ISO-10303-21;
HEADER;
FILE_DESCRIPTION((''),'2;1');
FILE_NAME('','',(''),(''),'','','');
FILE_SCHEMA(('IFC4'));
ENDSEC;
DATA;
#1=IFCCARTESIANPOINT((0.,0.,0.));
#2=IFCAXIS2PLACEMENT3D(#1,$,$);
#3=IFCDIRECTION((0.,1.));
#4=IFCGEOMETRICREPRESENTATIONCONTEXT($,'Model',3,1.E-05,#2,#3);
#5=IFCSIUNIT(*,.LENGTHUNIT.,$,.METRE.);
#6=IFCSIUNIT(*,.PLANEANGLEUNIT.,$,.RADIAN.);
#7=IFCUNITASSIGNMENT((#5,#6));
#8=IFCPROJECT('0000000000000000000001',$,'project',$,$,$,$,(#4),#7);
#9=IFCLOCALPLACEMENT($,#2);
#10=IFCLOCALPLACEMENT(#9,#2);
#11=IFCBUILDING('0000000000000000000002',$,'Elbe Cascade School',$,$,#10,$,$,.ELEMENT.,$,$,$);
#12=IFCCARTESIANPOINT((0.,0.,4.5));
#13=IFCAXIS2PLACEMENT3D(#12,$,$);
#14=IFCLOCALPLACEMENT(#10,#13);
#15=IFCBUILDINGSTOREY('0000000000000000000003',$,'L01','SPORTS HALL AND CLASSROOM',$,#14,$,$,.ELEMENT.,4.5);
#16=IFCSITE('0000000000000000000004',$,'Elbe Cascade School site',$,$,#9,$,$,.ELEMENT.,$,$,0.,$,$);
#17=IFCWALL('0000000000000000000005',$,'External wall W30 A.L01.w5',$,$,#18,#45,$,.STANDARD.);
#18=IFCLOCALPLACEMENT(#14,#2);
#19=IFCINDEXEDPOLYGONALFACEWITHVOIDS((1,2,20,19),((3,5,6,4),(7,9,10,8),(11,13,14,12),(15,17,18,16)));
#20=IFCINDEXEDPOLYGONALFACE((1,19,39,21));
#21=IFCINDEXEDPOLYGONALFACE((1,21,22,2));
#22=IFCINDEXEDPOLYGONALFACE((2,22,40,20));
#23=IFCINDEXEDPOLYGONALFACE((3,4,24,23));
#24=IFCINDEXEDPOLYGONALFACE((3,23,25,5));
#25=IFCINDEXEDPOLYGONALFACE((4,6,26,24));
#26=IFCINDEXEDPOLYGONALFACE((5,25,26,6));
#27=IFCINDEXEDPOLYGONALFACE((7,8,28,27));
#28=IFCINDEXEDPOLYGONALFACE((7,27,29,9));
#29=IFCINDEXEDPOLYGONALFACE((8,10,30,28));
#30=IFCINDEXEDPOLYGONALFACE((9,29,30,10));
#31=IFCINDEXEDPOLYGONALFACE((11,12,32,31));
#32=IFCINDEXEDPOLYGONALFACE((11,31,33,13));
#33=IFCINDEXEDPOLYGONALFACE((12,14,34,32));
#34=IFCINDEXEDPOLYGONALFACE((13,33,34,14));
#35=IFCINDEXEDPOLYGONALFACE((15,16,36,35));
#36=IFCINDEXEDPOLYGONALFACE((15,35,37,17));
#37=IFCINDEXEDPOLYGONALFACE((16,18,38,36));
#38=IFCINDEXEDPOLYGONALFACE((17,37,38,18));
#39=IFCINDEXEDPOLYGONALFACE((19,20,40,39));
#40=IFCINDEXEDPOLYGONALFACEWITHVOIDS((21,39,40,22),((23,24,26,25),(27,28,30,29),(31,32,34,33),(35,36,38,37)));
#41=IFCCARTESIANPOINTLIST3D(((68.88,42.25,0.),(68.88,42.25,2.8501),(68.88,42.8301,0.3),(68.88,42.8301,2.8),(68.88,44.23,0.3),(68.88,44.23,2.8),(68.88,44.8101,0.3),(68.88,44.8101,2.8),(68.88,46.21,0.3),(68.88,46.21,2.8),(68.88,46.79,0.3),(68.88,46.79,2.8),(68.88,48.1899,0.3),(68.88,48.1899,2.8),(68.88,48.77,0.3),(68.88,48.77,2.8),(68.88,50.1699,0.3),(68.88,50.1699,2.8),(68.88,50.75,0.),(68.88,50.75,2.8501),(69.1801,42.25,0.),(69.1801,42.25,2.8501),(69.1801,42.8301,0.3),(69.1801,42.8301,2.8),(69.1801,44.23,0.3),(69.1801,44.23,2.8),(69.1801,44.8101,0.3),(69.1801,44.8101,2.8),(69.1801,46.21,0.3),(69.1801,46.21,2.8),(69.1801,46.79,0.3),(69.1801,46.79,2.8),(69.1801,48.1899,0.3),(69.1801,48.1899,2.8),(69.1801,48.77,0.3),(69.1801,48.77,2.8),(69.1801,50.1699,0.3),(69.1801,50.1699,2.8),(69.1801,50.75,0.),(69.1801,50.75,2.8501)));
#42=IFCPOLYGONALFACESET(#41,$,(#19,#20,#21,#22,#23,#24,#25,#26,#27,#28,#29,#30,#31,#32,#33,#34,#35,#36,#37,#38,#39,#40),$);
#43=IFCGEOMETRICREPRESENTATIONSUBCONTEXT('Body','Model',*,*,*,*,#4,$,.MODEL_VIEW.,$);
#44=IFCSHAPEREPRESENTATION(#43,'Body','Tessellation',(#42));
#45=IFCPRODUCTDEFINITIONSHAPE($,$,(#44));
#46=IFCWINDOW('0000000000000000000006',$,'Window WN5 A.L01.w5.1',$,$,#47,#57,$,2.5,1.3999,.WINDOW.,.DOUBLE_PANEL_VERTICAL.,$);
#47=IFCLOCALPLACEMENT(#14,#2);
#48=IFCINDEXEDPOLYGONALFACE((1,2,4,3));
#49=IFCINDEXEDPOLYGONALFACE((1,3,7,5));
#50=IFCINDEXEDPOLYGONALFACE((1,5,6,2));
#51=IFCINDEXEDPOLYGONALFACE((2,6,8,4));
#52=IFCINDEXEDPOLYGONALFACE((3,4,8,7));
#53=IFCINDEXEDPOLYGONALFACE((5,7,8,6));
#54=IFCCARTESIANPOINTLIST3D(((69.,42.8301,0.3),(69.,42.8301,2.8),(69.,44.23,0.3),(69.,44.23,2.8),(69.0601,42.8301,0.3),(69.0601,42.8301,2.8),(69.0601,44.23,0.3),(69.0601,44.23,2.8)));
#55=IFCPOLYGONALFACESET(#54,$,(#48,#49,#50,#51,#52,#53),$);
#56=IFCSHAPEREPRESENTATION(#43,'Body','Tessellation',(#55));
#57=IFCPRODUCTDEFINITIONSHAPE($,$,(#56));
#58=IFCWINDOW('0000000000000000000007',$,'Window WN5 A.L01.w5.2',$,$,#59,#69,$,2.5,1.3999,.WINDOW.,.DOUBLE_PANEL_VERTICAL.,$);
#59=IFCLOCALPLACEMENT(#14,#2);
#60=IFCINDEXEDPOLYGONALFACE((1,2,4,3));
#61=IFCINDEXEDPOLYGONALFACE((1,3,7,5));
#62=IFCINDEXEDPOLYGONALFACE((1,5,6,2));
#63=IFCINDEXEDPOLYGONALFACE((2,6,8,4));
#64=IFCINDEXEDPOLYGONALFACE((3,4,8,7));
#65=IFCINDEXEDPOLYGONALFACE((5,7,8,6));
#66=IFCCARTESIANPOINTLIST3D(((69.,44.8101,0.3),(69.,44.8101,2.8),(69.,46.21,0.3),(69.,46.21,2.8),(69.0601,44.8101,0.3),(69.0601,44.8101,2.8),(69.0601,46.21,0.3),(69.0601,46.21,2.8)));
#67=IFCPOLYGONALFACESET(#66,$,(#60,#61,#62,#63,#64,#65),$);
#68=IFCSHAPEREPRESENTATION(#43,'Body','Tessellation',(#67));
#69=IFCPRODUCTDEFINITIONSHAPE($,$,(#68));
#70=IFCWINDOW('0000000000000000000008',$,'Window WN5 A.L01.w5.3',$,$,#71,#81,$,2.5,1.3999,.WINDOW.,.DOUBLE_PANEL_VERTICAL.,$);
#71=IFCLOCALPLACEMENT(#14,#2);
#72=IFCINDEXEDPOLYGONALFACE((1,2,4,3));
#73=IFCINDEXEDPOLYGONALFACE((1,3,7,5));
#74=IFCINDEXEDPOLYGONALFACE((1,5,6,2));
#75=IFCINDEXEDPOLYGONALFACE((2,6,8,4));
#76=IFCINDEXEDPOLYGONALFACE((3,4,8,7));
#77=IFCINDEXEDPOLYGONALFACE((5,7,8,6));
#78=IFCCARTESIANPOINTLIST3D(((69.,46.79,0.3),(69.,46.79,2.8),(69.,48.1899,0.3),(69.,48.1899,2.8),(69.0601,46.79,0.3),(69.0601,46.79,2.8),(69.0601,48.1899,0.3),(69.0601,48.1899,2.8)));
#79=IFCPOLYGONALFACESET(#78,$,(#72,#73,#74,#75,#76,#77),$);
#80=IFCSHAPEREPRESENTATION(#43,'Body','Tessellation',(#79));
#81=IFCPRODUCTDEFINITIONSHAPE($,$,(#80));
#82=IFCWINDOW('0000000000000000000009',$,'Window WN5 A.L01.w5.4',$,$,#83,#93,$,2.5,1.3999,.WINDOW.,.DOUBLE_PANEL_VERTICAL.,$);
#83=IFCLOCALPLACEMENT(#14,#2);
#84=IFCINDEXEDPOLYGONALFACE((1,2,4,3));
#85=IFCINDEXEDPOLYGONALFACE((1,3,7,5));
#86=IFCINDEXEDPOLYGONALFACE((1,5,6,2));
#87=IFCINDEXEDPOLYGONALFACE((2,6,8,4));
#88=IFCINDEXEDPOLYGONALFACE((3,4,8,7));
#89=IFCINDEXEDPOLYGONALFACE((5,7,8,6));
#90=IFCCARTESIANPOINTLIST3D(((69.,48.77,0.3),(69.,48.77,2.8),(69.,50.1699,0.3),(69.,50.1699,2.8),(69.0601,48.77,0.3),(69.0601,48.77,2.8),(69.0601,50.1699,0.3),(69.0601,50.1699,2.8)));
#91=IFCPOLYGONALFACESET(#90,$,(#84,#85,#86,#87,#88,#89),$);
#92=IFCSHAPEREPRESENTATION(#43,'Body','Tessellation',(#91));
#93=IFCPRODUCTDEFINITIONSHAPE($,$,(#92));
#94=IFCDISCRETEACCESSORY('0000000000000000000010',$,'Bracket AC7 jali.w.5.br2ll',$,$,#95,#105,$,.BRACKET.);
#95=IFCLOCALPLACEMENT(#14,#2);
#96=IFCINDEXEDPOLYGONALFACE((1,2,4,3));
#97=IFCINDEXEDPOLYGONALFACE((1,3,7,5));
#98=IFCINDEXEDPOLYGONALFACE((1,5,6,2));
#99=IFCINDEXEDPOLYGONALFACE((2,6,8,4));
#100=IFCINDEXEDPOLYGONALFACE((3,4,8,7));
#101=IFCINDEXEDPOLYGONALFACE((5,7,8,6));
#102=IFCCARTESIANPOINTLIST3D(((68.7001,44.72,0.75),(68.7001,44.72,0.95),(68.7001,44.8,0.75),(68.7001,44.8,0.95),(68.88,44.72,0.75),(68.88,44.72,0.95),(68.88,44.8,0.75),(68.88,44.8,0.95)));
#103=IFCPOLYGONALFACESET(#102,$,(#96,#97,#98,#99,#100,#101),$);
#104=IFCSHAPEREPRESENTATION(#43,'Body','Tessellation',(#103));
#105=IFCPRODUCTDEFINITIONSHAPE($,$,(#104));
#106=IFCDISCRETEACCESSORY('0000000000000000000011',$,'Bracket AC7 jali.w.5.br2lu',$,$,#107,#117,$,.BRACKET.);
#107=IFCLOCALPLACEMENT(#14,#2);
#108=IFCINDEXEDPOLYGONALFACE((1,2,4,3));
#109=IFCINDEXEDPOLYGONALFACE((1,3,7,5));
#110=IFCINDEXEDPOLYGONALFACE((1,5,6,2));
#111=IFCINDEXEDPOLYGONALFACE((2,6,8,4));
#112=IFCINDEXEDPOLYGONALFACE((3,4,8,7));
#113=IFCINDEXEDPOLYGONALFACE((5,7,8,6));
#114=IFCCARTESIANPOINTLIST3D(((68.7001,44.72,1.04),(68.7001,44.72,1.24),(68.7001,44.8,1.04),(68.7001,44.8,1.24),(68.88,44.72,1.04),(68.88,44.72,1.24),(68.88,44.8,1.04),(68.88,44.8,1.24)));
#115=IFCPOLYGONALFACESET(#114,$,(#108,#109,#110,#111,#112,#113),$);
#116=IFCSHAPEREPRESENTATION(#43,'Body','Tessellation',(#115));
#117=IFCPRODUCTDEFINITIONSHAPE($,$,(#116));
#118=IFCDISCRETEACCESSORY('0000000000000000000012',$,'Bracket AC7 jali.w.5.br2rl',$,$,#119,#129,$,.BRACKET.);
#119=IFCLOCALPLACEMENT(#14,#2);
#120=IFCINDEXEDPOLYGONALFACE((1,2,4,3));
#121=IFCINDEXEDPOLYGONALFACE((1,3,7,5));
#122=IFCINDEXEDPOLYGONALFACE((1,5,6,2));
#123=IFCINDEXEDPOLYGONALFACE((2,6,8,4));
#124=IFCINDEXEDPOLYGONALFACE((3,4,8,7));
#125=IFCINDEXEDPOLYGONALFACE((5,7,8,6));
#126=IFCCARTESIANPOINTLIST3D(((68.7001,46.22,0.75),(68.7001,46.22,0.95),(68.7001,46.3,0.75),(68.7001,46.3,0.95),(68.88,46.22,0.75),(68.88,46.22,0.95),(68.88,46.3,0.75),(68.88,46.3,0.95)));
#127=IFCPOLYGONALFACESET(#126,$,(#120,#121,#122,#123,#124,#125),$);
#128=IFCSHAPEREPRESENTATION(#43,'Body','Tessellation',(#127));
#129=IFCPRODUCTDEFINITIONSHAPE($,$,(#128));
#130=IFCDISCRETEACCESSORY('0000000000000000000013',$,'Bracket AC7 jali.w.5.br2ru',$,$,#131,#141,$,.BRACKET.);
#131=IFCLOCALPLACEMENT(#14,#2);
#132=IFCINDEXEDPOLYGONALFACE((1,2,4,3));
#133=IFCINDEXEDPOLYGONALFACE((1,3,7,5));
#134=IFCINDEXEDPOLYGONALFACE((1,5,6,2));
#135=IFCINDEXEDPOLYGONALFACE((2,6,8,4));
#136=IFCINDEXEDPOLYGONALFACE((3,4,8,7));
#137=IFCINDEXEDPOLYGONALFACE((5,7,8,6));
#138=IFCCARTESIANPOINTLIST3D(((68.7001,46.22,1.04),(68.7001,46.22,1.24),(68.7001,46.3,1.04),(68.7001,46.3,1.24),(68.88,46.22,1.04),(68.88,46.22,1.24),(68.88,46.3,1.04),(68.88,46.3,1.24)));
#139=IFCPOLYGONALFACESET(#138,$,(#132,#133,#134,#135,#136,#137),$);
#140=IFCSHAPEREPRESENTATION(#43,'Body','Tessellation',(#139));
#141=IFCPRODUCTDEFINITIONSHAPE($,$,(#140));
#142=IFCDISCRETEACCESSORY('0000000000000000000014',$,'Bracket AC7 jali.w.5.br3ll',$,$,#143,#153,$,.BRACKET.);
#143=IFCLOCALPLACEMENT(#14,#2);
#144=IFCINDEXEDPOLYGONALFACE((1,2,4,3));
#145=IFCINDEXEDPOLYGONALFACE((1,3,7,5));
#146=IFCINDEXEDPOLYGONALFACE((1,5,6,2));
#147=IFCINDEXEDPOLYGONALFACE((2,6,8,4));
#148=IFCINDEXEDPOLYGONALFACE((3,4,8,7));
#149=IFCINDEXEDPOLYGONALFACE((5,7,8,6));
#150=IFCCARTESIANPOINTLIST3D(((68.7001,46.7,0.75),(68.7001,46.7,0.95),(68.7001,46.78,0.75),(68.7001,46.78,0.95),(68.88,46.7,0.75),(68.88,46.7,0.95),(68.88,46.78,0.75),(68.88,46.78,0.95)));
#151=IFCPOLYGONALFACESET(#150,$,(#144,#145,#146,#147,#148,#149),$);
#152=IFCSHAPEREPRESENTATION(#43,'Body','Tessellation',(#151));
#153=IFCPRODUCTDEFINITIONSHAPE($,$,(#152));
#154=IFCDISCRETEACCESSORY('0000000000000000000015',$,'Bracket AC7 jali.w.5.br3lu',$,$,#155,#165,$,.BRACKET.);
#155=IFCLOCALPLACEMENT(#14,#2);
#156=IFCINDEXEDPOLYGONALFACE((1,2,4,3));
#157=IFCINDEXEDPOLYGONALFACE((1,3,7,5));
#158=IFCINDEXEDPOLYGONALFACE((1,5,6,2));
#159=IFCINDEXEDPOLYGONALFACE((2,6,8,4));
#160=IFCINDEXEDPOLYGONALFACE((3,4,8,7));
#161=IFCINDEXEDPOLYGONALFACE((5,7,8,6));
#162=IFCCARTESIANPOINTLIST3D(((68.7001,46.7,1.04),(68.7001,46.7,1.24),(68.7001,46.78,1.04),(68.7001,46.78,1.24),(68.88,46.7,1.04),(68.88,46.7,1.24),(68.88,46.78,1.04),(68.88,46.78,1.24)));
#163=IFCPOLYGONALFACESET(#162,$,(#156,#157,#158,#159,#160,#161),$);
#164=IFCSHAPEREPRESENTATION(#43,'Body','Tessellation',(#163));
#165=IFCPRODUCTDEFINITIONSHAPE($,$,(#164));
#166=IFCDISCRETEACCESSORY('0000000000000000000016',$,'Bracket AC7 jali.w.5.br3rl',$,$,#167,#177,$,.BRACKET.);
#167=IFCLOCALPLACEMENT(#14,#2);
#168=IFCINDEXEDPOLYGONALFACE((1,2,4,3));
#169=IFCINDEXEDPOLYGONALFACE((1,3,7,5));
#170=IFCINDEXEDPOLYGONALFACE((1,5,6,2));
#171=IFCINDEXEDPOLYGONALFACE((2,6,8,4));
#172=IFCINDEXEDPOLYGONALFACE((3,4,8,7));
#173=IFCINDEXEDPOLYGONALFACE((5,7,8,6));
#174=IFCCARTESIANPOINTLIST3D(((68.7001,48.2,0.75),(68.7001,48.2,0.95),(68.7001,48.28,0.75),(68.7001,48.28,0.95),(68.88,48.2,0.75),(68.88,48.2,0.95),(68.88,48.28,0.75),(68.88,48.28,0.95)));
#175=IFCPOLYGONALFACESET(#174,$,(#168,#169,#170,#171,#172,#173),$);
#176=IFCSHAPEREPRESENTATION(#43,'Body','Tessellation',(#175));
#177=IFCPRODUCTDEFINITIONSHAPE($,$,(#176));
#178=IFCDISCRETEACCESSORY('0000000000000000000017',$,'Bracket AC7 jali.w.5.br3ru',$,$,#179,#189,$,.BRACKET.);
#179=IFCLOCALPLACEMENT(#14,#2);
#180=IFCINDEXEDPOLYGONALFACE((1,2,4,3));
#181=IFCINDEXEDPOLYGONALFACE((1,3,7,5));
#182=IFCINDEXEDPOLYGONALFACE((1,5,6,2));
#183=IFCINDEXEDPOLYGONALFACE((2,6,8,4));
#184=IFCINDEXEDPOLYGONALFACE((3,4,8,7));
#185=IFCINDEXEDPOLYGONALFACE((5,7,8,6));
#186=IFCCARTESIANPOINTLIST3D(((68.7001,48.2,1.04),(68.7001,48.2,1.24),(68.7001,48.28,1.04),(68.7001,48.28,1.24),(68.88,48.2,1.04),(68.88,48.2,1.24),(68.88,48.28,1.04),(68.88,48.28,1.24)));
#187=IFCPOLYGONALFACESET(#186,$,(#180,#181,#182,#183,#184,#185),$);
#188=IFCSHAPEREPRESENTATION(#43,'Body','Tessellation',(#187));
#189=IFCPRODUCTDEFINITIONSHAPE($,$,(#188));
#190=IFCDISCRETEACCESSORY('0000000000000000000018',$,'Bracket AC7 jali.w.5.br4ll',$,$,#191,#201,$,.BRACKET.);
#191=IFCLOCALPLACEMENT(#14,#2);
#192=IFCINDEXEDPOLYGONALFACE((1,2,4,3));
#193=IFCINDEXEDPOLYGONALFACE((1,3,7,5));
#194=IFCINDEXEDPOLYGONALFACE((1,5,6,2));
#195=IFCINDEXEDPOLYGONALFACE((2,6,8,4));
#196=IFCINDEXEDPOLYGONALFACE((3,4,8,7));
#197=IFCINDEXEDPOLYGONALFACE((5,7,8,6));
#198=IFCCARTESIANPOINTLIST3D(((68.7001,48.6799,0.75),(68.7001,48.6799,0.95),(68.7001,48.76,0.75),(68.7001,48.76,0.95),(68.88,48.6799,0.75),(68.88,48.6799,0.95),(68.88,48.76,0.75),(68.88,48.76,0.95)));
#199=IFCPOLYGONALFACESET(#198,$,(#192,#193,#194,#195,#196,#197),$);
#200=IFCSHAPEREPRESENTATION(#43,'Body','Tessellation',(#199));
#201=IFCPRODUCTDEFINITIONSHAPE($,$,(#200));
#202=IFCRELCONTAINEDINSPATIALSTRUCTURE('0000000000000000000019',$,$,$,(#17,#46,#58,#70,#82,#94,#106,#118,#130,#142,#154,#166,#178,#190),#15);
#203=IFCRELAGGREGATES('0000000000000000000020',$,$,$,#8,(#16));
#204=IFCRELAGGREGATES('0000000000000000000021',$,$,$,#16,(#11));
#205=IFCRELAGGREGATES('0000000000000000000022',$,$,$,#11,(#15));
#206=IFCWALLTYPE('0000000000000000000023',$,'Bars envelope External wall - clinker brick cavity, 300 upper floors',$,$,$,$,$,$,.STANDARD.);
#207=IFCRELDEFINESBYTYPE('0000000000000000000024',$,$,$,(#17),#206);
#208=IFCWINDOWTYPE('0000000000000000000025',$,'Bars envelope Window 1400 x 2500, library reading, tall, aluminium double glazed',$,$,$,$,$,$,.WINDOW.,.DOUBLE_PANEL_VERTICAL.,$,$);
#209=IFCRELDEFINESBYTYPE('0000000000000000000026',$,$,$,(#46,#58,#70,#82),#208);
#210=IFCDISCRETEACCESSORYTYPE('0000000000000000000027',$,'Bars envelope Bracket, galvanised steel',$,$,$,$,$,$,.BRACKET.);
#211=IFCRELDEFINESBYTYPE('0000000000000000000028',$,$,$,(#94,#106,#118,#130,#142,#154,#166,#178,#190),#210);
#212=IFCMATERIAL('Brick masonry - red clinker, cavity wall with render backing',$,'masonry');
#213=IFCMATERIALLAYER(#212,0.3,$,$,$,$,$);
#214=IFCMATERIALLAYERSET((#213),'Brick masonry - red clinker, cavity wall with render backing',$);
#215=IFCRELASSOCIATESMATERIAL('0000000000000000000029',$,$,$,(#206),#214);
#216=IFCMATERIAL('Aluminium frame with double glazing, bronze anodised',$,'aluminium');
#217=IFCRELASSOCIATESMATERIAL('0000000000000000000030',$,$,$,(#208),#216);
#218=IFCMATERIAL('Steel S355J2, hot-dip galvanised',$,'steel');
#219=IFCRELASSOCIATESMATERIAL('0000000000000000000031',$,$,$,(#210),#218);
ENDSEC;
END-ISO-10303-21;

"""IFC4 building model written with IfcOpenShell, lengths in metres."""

from ifc_helpers import new_model, si_unit, direction, frame, frame_2d, origin, origin_2d, place, context, subcontext, project, spatial, rectangle, extrude, material, layer, layer_set, type_object, element, fill, save


model = new_model("IFC4")

# Units and contexts
model_context = context("Model", 3, precision=1e-05, world=origin(), true_north=direction((0.0, 1.0)))
body_context = subcontext(model_context, "Body", "Model", "MODEL_VIEW")
ifc_project = project(units=[si_unit("LENGTHUNIT", "METRE"), si_unit("PLANEANGLEUNIT", "RADIAN")], contexts=[model_context])

# Site, building, storey
site_placement = place(None, origin())
site = spatial("IfcSite", under=ifc_project, at=site_placement, Name="Elbe Cascade School site", CompositionType="ELEMENT", RefElevation=0.0)
building_placement = place(site_placement, origin())
building = spatial("IfcBuilding", under=site, at=building_placement, Name="Elbe Cascade School", CompositionType="ELEMENT")
storey_placement = place(building_placement, frame((0.0, 0.0, 4.5)))
storey = spatial("IfcBuildingStorey", under=building, at=storey_placement, Name="L01", Description="SPORTS HALL AND CLASSROOM", CompositionType="ELEMENT", Elevation=4.5)

# Wall, openings, windows
ifc_material_1 = material(Name="Brick masonry - red clinker, cavity wall with render backing", Category="masonry")
ifc_layer_1 = layer(ifc_material_1, 0.3)
ifc_layer_set_1 = layer_set([ifc_layer_1], Name="Brick masonry - red clinker, cavity wall with render backing")
wall_type_1 = type_object("IfcWallType", Name="Bars envelope External wall - clinker brick cavity, 300 upper floors", PredefinedType="STANDARD", material=ifc_layer_set_1)
wall_1_placement = place(storey_placement, frame((69.03, 42.25, 0.0), z_axis=(0.0, 0.0, 1.0), x_axis=(0.0, 1.0, 0.0)))
wall_1 = element("IfcWall", 1, at=wall_1_placement, inside=storey, type_object=wall_type_1, Name="External wall W30 A.L01.w5", PredefinedType="STANDARD", context=body_context, shape_type="SweptSolid", body=[
    extrude(rectangle(XDim=8.5, YDim=0.3, at=frame_2d((4.25, 0.0))), origin(), (0.0, 0.0, 1.0), 2.8501),
])
opening_1_placement = place(wall_1_placement, frame((0.5801, 0.0, 0.3)))
opening_1 = element("IfcOpeningElement", 2, at=opening_1_placement, cuts=wall_1, PredefinedType="OPENING", context=body_context, shape_type="SweptSolid", body=[
    extrude(rectangle(XDim=1.3999, YDim=2.5, at=frame_2d((0.7, 1.25))), frame((0.0, 0.1599, 0.0), z_axis=(0.0, -1.0, 0.0), x_axis=(1.0, 0.0, 0.0)), (0.0, 0.0, 1.0), 0.3201),
])
opening_2_placement = place(wall_1_placement, frame((2.5601, 0.0, 0.3)))
opening_2 = element("IfcOpeningElement", 3, at=opening_2_placement, cuts=wall_1, PredefinedType="OPENING", context=body_context, shape_type="SweptSolid", body=[
    extrude(rectangle(XDim=1.3999, YDim=2.5, at=frame_2d((0.7, 1.25))), frame((0.0, 0.1599, 0.0), z_axis=(0.0, -1.0, 0.0), x_axis=(1.0, 0.0, 0.0)), (0.0, 0.0, 1.0), 0.3201),
])
opening_3_placement = place(wall_1_placement, frame((4.54, 0.0, 0.3)))
opening_3 = element("IfcOpeningElement", 4, at=opening_3_placement, cuts=wall_1, PredefinedType="OPENING", context=body_context, shape_type="SweptSolid", body=[
    extrude(rectangle(XDim=1.3999, YDim=2.5, at=frame_2d((0.7, 1.25))), frame((0.0, 0.1599, 0.0), z_axis=(0.0, -1.0, 0.0), x_axis=(1.0, 0.0, 0.0)), (0.0, 0.0, 1.0), 0.3201),
])
opening_4_placement = place(wall_1_placement, frame((6.52, 0.0, 0.3)))
opening_4 = element("IfcOpeningElement", 5, at=opening_4_placement, cuts=wall_1, PredefinedType="OPENING", context=body_context, shape_type="SweptSolid", body=[
    extrude(rectangle(XDim=1.3999, YDim=2.5, at=frame_2d((0.7, 1.25))), frame((0.0, 0.1599, 0.0), z_axis=(0.0, -1.0, 0.0), x_axis=(1.0, 0.0, 0.0)), (0.0, 0.0, 1.0), 0.3201),
])
ifc_material_2 = material(Name="Aluminium frame with double glazing, bronze anodised", Category="aluminium")
window_type = type_object("IfcWindowType", Name="Bars envelope Window 1400 x 2500, library reading, tall, aluminium double glazed", PartitioningType="DOUBLE_PANEL_VERTICAL", PredefinedType="WINDOW", material=ifc_material_2)
window_1_placement = place(opening_1_placement, origin())
window_1 = element("IfcWindow", 6, at=window_1_placement, inside=storey, type_object=window_type, Name="Window WN5 A.L01.w5.1", OverallHeight=2.5, OverallWidth=1.3999, PartitioningType="DOUBLE_PANEL_VERTICAL", PredefinedType="WINDOW", context=body_context, shape_type="SweptSolid", body=[
    extrude(rectangle(XDim=1.3999, YDim=2.5, at=frame_2d((0.7, 1.25))), frame((0.0, 0.03, 0.0), z_axis=(0.0, -1.0, 0.0), x_axis=(1.0, 0.0, 0.0)), (0.0, 0.0, 1.0), 0.0601),
])
fill(opening_1, window_1)
window_2_placement = place(opening_2_placement, origin())
window_2 = element("IfcWindow", 7, at=window_2_placement, inside=storey, type_object=window_type, Name="Window WN5 A.L01.w5.2", OverallHeight=2.5, OverallWidth=1.3999, PartitioningType="DOUBLE_PANEL_VERTICAL", PredefinedType="WINDOW", context=body_context, shape_type="SweptSolid", body=[
    extrude(rectangle(XDim=1.3999, YDim=2.5, at=frame_2d((0.7, 1.25))), frame((0.0, 0.03, 0.0), z_axis=(0.0, -1.0, 0.0), x_axis=(1.0, 0.0, 0.0)), (0.0, 0.0, 1.0), 0.0601),
])
fill(opening_2, window_2)
window_3_placement = place(opening_3_placement, origin())
window_3 = element("IfcWindow", 8, at=window_3_placement, inside=storey, type_object=window_type, Name="Window WN5 A.L01.w5.3", OverallHeight=2.5, OverallWidth=1.3999, PartitioningType="DOUBLE_PANEL_VERTICAL", PredefinedType="WINDOW", context=body_context, shape_type="SweptSolid", body=[
    extrude(rectangle(XDim=1.3999, YDim=2.5, at=frame_2d((0.7, 1.25))), frame((0.0, 0.03, 0.0), z_axis=(0.0, -1.0, 0.0), x_axis=(1.0, 0.0, 0.0)), (0.0, 0.0, 1.0), 0.0601),
])
fill(opening_3, window_3)
window_4_placement = place(opening_4_placement, origin())
window_4 = element("IfcWindow", 9, at=window_4_placement, inside=storey, type_object=window_type, Name="Window WN5 A.L01.w5.4", OverallHeight=2.5, OverallWidth=1.3999, PartitioningType="DOUBLE_PANEL_VERTICAL", PredefinedType="WINDOW", context=body_context, shape_type="SweptSolid", body=[
    extrude(rectangle(XDim=1.3999, YDim=2.5, at=frame_2d((0.7, 1.25))), frame((0.0, 0.03, 0.0), z_axis=(0.0, -1.0, 0.0), x_axis=(1.0, 0.0, 0.0)), (0.0, 0.0, 1.0), 0.0601),
])
fill(opening_4, window_4)

# Discrete accessories
ifc_material_3 = material(Name="Steel S355J2, hot-dip galvanised", Category="steel")
discrete_accessory_type = type_object("IfcDiscreteAccessoryType", Name="Bars envelope Bracket, galvanised steel", PredefinedType="BRACKET", material=ifc_material_3)
for number, where, z_axis, x_axis, name in (
    (10, (68.79, 44.76, 0.75), (0.0, 0.0, 1.0), (0.0, 1.0, 0.0), "Bracket AC7 jali.w.5.br2ll"),
    (11, (68.79, 44.76, 1.04), (0.0, 0.0, 1.0), (0.0, 1.0, 0.0), "Bracket AC7 jali.w.5.br2lu"),
    (12, (68.79, 46.26, 0.75), (0.0, 0.0, 1.0), (0.0, 1.0, 0.0), "Bracket AC7 jali.w.5.br2rl"),
    (13, (68.79, 46.26, 1.04), (0.0, 0.0, 1.0), (0.0, 1.0, 0.0), "Bracket AC7 jali.w.5.br2ru"),
    (14, (68.79, 46.74, 0.75), (0.0, 0.0, 1.0), (0.0, 1.0, 0.0), "Bracket AC7 jali.w.5.br3ll"),
    (15, (68.79, 46.74, 1.04), (0.0, 0.0, 1.0), (0.0, 1.0, 0.0), "Bracket AC7 jali.w.5.br3lu"),
    (16, (68.79, 48.24, 0.75), (0.0, 0.0, 1.0), (0.0, 1.0, 0.0), "Bracket AC7 jali.w.5.br3rl"),
    (17, (68.79, 48.24, 1.04), (0.0, 0.0, 1.0), (0.0, 1.0, 0.0), "Bracket AC7 jali.w.5.br3ru"),
    (18, (68.79, 48.72, 0.75), (0.0, 0.0, 1.0), (0.0, 1.0, 0.0), "Bracket AC7 jali.w.5.br4ll"),
):
    element("IfcDiscreteAccessory", number, at=place(storey_placement, frame(where, z_axis=z_axis, x_axis=x_axis)), inside=storey, type_object=discrete_accessory_type, Name=name, PredefinedType="BRACKET", context=body_context, shape_type="SweptSolid", body=[
        extrude(rectangle(XDim=0.0801, YDim=0.1799, at=origin_2d()), origin(), (0.0, 0.0, 1.0), 0.2),
    ])

save(model, "model.ifc")
